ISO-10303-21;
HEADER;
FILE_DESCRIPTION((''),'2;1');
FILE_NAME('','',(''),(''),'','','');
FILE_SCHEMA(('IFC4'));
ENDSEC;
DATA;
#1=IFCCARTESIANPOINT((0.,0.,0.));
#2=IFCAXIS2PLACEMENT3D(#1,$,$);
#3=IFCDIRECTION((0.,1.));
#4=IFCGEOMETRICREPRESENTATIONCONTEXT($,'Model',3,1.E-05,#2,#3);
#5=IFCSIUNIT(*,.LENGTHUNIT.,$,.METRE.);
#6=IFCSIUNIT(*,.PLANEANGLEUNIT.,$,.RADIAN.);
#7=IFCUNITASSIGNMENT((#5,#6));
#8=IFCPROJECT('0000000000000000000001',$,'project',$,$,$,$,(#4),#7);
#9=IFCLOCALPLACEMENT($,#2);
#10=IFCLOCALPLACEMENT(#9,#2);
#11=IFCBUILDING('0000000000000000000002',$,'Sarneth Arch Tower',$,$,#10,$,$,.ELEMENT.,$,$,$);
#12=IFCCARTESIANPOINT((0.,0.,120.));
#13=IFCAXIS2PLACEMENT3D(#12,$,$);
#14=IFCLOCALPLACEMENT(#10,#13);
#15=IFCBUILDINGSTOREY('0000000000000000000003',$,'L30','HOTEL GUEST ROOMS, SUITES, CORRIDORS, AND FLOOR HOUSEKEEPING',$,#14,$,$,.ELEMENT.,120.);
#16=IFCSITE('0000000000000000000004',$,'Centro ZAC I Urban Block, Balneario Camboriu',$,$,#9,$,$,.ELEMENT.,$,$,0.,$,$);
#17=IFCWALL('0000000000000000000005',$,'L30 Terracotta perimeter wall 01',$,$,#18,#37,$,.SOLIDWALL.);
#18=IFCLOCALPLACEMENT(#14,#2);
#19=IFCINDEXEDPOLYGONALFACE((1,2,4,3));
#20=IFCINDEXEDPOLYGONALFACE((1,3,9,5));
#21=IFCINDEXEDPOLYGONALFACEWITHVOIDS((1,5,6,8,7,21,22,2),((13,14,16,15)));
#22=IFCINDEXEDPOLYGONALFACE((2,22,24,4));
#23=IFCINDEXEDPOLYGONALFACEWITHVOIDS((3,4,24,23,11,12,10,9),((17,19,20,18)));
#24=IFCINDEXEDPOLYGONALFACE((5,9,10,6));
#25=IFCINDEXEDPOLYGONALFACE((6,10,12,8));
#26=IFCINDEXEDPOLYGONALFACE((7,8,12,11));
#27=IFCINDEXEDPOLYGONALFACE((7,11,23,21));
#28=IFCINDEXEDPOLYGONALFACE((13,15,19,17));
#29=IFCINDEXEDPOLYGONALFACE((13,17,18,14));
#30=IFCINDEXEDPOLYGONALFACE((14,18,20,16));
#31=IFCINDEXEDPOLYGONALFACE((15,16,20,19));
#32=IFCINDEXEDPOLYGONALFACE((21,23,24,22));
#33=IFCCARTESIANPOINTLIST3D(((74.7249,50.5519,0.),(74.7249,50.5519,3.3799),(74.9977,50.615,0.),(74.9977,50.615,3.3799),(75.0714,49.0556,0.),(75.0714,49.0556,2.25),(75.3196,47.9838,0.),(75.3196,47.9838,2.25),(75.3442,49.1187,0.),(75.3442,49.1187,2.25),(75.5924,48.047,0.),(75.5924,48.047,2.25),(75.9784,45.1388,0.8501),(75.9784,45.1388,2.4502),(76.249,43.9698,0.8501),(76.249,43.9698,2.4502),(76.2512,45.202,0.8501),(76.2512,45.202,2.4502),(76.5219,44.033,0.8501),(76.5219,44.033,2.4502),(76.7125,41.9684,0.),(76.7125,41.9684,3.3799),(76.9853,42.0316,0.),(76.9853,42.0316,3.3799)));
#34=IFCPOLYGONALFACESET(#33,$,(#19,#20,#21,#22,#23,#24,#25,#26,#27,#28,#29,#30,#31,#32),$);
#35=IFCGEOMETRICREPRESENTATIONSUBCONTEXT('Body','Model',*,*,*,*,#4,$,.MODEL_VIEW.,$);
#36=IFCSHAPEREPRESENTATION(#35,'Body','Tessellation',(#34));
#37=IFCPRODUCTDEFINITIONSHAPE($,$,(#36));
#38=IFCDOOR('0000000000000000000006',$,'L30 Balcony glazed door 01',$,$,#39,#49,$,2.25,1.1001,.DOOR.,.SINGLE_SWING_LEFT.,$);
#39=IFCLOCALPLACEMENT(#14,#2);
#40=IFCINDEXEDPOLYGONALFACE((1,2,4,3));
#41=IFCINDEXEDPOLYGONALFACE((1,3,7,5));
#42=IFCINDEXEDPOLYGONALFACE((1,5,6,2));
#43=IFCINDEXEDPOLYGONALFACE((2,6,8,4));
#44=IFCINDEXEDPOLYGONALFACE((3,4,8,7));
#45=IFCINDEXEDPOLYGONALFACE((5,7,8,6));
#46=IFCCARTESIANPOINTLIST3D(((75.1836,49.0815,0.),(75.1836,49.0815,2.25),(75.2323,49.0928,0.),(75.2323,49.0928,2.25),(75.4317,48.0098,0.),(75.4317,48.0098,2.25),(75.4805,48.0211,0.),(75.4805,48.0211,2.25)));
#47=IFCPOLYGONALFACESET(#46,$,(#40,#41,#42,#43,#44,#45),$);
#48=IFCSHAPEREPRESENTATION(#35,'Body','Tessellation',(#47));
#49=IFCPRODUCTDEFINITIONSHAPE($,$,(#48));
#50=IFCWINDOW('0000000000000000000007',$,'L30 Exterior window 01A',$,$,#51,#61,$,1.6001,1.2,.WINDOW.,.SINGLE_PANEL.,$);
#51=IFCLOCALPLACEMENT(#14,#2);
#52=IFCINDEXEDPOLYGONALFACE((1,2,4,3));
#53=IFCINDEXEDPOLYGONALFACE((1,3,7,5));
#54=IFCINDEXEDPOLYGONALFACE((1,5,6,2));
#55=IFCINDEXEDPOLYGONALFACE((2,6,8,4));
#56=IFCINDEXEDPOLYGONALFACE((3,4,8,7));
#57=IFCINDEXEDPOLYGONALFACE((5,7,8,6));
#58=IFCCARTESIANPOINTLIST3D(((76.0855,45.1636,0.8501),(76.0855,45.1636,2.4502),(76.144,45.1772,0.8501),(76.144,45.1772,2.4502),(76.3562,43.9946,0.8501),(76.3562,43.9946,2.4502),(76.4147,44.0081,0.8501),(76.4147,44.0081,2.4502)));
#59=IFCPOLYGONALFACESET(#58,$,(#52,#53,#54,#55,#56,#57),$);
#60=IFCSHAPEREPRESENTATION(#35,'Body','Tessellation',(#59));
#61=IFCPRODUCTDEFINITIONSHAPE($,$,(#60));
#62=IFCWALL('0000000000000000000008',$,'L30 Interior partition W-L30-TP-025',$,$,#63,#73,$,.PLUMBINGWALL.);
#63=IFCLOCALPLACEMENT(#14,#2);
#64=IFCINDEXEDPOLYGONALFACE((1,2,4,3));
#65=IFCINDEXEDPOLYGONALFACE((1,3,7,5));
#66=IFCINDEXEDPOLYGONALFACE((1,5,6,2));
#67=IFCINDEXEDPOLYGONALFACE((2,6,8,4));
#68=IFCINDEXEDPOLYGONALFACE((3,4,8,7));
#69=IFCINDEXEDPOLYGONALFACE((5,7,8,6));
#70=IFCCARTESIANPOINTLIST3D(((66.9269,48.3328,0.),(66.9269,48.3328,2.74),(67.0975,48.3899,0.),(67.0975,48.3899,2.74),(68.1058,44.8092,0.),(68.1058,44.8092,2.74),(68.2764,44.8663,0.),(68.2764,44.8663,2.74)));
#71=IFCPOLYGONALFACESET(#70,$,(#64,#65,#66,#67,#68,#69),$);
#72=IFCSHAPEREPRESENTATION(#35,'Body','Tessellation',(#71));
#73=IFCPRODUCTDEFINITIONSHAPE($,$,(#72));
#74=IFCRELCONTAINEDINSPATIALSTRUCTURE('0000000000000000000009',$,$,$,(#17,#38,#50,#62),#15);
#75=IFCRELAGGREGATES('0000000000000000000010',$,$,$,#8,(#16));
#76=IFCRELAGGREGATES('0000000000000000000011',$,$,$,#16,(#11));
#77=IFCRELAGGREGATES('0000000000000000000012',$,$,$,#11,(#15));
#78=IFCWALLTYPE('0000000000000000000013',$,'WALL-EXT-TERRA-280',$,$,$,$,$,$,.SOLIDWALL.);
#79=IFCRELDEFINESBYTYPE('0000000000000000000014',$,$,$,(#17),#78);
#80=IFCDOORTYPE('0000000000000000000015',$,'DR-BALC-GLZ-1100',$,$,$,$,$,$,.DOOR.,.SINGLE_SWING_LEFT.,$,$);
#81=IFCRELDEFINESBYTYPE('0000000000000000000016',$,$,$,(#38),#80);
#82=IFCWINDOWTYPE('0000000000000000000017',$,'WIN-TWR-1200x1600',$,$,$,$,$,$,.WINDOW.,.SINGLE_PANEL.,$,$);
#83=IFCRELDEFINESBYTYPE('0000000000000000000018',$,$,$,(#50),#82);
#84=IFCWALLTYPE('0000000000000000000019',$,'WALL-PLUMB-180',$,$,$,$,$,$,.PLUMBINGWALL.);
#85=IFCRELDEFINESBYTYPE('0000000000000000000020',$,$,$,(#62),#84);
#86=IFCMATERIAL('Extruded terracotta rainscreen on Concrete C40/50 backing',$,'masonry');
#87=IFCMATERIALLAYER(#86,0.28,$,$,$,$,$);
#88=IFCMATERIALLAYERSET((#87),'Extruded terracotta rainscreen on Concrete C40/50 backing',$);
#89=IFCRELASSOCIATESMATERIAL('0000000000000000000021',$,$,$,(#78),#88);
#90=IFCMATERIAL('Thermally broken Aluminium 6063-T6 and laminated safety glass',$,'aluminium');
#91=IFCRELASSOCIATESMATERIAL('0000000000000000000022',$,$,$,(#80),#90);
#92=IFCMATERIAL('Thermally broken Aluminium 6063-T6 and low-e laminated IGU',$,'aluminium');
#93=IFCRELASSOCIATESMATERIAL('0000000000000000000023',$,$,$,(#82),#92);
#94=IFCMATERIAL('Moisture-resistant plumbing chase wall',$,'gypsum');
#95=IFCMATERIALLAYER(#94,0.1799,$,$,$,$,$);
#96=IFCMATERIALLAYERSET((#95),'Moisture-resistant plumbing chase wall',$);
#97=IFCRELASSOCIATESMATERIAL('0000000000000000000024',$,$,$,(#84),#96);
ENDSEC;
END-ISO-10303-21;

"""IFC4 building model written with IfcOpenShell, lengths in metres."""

from ifc_helpers import new_model, si_unit, direction, frame, frame_2d, origin, place, context, subcontext, project, spatial, rectangle, extrude, material, layer, layer_set, type_object, element, fill, save


model = new_model("IFC4")

# Units and contexts
model_context = context("Model", 3, precision=1e-05, world=origin(), true_north=direction((0.0, 1.0)))
body_context = subcontext(model_context, "Body", "Model", "MODEL_VIEW")
ifc_project = project(units=[si_unit("LENGTHUNIT", "METRE"), si_unit("PLANEANGLEUNIT", "RADIAN")], contexts=[model_context])

# Site, building, storey
site_placement = place(None, origin())
site = spatial("IfcSite", under=ifc_project, at=site_placement, Name="Centro ZAC I Urban Block, Balneario Camboriu", CompositionType="ELEMENT", RefElevation=0.0)
building_placement = place(site_placement, origin())
building = spatial("IfcBuilding", under=site, at=building_placement, Name="Sarneth Arch Tower", CompositionType="ELEMENT")
storey_placement = place(building_placement, frame((0.0, 0.0, 120.0)))
storey = spatial("IfcBuildingStorey", under=building, at=storey_placement, Name="L30", Description="HOTEL GUEST ROOMS, SUITES, CORRIDORS, AND FLOOR HOUSEKEEPING", CompositionType="ELEMENT", Elevation=120.0)

# Wall, openings, door, window
ifc_material_1 = material(Name="Extruded terracotta rainscreen on Concrete C40/50 backing", Category="masonry")
ifc_layer_1 = layer(ifc_material_1, 0.28)
ifc_layer_set_1 = layer_set([ifc_layer_1], Name="Extruded terracotta rainscreen on Concrete C40/50 backing")
wall_type_1 = type_object("IfcWallType", Name="WALL-EXT-TERRA-280", PredefinedType="SOLIDWALL", material=ifc_layer_set_1)
wall_1_placement = place(storey_placement, frame((76.8489, 42.0, 0.0), z_axis=(0.0, 0.0, 1.0), x_axis=(-0.225586, 0.974223, 0.0)))
wall_1 = element("IfcWall", 1, at=wall_1_placement, inside=storey, type_object=wall_type_1, Name="L30 Terracotta perimeter wall 01", PredefinedType="SOLIDWALL", context=body_context, shape_type="SweptSolid", body=[
    extrude(rectangle(XDim=8.8105, YDim=0.28, at=frame_2d((4.4053, 0.0))), origin(), (0.0, 0.0, 1.0), 3.3799),
])
opening_1_placement = place(wall_1_placement, frame((2.0542, 0.0, 0.8501)))
opening_1 = element("IfcOpeningElement", 2, at=opening_1_placement, cuts=wall_1, PredefinedType="OPENING", context=body_context, shape_type="SweptSolid", body=[
    extrude(rectangle(XDim=1.2, YDim=1.6001, at=frame_2d((0.6001, 0.8))), frame((0.0, 0.1499, 0.0), z_axis=(0.0, -1.0, 0.0), x_axis=(1.0, 0.0, 0.0)), (0.0, 0.0, 1.0), 0.3),
])
opening_2_placement = place(wall_1_placement, frame((6.1746, 0.0, 0.0)))
opening_2 = element("IfcOpeningElement", 3, at=opening_2_placement, cuts=wall_1, PredefinedType="OPENING", context=body_context, shape_type="SweptSolid", body=[
    extrude(rectangle(XDim=1.1001, YDim=2.25, at=frame_2d((0.55, 1.125))), frame((0.0, 0.1499, 0.0), z_axis=(0.0, -1.0, 0.0), x_axis=(1.0, 0.0, 0.0)), (0.0, 0.0, 1.0), 0.3),
])
ifc_material_2 = material(Name="Thermally broken Aluminium 6063-T6 and laminated safety glass", Category="aluminium")
door_type = type_object("IfcDoorType", Name="DR-BALC-GLZ-1100", OperationType="SINGLE_SWING_LEFT", PredefinedType="DOOR", material=ifc_material_2)
door_placement = place(opening_2_placement, origin())
door = element("IfcDoor", 4, at=door_placement, inside=storey, type_object=door_type, Name="L30 Balcony glazed door 01", OperationType="SINGLE_SWING_LEFT", OverallHeight=2.25, OverallWidth=1.1001, PredefinedType="DOOR", context=body_context, shape_type="SweptSolid", body=[
    extrude(rectangle(XDim=1.1001, YDim=2.25, at=frame_2d((0.55, 1.125))), frame((0.0, 0.0249, 0.0), z_axis=(0.0, -1.0, 0.0), x_axis=(1.0, 0.0, 0.0)), (0.0, 0.0, 1.0), 0.05),
])
fill(opening_2, door)
ifc_material_3 = material(Name="Thermally broken Aluminium 6063-T6 and low-e laminated IGU", Category="aluminium")
window_type = type_object("IfcWindowType", Name="WIN-TWR-1200x1600", PartitioningType="SINGLE_PANEL", PredefinedType="WINDOW", material=ifc_material_3)
window_placement = place(opening_1_placement, origin())
window = element("IfcWindow", 5, at=window_placement, inside=storey, type_object=window_type, Name="L30 Exterior window 01A", OverallHeight=1.6001, OverallWidth=1.2, PartitioningType="SINGLE_PANEL", PredefinedType="WINDOW", context=body_context, shape_type="SweptSolid", body=[
    extrude(rectangle(XDim=1.2, YDim=1.6001, at=frame_2d((0.6001, 0.8))), frame((0.0, 0.03, 0.0), z_axis=(0.0, -1.0, 0.0), x_axis=(1.0, 0.0, 0.0)), (0.0, 0.0, 1.0), 0.0601),
])
fill(opening_1, window)

# Wall
ifc_material_4 = material(Name="Moisture-resistant plumbing chase wall", Category="gypsum")
ifc_layer_2 = layer(ifc_material_4, 0.1799)
ifc_layer_set_2 = layer_set([ifc_layer_2], Name="Moisture-resistant plumbing chase wall")
wall_type_2 = type_object("IfcWallType", Name="WALL-PLUMB-180", PredefinedType="PLUMBINGWALL", material=ifc_layer_set_2)
wall_2_placement = place(storey_placement, frame((68.1912, 44.8376, 0.0), z_axis=(0.0, 0.0, 1.0), x_axis=(-0.317292, 0.948328, 0.0)))
element("IfcWall", 6, at=wall_2_placement, inside=storey, type_object=wall_type_2, Name="L30 Interior partition W-L30-TP-025", PredefinedType="PLUMBINGWALL", context=body_context, shape_type="SweptSolid", body=[
    extrude(rectangle(XDim=3.7156, YDim=0.1799, at=frame_2d((1.8579, 0.0))), origin(), (0.0, 0.0, 1.0), 2.74),
])

save(model, "model.ifc")
